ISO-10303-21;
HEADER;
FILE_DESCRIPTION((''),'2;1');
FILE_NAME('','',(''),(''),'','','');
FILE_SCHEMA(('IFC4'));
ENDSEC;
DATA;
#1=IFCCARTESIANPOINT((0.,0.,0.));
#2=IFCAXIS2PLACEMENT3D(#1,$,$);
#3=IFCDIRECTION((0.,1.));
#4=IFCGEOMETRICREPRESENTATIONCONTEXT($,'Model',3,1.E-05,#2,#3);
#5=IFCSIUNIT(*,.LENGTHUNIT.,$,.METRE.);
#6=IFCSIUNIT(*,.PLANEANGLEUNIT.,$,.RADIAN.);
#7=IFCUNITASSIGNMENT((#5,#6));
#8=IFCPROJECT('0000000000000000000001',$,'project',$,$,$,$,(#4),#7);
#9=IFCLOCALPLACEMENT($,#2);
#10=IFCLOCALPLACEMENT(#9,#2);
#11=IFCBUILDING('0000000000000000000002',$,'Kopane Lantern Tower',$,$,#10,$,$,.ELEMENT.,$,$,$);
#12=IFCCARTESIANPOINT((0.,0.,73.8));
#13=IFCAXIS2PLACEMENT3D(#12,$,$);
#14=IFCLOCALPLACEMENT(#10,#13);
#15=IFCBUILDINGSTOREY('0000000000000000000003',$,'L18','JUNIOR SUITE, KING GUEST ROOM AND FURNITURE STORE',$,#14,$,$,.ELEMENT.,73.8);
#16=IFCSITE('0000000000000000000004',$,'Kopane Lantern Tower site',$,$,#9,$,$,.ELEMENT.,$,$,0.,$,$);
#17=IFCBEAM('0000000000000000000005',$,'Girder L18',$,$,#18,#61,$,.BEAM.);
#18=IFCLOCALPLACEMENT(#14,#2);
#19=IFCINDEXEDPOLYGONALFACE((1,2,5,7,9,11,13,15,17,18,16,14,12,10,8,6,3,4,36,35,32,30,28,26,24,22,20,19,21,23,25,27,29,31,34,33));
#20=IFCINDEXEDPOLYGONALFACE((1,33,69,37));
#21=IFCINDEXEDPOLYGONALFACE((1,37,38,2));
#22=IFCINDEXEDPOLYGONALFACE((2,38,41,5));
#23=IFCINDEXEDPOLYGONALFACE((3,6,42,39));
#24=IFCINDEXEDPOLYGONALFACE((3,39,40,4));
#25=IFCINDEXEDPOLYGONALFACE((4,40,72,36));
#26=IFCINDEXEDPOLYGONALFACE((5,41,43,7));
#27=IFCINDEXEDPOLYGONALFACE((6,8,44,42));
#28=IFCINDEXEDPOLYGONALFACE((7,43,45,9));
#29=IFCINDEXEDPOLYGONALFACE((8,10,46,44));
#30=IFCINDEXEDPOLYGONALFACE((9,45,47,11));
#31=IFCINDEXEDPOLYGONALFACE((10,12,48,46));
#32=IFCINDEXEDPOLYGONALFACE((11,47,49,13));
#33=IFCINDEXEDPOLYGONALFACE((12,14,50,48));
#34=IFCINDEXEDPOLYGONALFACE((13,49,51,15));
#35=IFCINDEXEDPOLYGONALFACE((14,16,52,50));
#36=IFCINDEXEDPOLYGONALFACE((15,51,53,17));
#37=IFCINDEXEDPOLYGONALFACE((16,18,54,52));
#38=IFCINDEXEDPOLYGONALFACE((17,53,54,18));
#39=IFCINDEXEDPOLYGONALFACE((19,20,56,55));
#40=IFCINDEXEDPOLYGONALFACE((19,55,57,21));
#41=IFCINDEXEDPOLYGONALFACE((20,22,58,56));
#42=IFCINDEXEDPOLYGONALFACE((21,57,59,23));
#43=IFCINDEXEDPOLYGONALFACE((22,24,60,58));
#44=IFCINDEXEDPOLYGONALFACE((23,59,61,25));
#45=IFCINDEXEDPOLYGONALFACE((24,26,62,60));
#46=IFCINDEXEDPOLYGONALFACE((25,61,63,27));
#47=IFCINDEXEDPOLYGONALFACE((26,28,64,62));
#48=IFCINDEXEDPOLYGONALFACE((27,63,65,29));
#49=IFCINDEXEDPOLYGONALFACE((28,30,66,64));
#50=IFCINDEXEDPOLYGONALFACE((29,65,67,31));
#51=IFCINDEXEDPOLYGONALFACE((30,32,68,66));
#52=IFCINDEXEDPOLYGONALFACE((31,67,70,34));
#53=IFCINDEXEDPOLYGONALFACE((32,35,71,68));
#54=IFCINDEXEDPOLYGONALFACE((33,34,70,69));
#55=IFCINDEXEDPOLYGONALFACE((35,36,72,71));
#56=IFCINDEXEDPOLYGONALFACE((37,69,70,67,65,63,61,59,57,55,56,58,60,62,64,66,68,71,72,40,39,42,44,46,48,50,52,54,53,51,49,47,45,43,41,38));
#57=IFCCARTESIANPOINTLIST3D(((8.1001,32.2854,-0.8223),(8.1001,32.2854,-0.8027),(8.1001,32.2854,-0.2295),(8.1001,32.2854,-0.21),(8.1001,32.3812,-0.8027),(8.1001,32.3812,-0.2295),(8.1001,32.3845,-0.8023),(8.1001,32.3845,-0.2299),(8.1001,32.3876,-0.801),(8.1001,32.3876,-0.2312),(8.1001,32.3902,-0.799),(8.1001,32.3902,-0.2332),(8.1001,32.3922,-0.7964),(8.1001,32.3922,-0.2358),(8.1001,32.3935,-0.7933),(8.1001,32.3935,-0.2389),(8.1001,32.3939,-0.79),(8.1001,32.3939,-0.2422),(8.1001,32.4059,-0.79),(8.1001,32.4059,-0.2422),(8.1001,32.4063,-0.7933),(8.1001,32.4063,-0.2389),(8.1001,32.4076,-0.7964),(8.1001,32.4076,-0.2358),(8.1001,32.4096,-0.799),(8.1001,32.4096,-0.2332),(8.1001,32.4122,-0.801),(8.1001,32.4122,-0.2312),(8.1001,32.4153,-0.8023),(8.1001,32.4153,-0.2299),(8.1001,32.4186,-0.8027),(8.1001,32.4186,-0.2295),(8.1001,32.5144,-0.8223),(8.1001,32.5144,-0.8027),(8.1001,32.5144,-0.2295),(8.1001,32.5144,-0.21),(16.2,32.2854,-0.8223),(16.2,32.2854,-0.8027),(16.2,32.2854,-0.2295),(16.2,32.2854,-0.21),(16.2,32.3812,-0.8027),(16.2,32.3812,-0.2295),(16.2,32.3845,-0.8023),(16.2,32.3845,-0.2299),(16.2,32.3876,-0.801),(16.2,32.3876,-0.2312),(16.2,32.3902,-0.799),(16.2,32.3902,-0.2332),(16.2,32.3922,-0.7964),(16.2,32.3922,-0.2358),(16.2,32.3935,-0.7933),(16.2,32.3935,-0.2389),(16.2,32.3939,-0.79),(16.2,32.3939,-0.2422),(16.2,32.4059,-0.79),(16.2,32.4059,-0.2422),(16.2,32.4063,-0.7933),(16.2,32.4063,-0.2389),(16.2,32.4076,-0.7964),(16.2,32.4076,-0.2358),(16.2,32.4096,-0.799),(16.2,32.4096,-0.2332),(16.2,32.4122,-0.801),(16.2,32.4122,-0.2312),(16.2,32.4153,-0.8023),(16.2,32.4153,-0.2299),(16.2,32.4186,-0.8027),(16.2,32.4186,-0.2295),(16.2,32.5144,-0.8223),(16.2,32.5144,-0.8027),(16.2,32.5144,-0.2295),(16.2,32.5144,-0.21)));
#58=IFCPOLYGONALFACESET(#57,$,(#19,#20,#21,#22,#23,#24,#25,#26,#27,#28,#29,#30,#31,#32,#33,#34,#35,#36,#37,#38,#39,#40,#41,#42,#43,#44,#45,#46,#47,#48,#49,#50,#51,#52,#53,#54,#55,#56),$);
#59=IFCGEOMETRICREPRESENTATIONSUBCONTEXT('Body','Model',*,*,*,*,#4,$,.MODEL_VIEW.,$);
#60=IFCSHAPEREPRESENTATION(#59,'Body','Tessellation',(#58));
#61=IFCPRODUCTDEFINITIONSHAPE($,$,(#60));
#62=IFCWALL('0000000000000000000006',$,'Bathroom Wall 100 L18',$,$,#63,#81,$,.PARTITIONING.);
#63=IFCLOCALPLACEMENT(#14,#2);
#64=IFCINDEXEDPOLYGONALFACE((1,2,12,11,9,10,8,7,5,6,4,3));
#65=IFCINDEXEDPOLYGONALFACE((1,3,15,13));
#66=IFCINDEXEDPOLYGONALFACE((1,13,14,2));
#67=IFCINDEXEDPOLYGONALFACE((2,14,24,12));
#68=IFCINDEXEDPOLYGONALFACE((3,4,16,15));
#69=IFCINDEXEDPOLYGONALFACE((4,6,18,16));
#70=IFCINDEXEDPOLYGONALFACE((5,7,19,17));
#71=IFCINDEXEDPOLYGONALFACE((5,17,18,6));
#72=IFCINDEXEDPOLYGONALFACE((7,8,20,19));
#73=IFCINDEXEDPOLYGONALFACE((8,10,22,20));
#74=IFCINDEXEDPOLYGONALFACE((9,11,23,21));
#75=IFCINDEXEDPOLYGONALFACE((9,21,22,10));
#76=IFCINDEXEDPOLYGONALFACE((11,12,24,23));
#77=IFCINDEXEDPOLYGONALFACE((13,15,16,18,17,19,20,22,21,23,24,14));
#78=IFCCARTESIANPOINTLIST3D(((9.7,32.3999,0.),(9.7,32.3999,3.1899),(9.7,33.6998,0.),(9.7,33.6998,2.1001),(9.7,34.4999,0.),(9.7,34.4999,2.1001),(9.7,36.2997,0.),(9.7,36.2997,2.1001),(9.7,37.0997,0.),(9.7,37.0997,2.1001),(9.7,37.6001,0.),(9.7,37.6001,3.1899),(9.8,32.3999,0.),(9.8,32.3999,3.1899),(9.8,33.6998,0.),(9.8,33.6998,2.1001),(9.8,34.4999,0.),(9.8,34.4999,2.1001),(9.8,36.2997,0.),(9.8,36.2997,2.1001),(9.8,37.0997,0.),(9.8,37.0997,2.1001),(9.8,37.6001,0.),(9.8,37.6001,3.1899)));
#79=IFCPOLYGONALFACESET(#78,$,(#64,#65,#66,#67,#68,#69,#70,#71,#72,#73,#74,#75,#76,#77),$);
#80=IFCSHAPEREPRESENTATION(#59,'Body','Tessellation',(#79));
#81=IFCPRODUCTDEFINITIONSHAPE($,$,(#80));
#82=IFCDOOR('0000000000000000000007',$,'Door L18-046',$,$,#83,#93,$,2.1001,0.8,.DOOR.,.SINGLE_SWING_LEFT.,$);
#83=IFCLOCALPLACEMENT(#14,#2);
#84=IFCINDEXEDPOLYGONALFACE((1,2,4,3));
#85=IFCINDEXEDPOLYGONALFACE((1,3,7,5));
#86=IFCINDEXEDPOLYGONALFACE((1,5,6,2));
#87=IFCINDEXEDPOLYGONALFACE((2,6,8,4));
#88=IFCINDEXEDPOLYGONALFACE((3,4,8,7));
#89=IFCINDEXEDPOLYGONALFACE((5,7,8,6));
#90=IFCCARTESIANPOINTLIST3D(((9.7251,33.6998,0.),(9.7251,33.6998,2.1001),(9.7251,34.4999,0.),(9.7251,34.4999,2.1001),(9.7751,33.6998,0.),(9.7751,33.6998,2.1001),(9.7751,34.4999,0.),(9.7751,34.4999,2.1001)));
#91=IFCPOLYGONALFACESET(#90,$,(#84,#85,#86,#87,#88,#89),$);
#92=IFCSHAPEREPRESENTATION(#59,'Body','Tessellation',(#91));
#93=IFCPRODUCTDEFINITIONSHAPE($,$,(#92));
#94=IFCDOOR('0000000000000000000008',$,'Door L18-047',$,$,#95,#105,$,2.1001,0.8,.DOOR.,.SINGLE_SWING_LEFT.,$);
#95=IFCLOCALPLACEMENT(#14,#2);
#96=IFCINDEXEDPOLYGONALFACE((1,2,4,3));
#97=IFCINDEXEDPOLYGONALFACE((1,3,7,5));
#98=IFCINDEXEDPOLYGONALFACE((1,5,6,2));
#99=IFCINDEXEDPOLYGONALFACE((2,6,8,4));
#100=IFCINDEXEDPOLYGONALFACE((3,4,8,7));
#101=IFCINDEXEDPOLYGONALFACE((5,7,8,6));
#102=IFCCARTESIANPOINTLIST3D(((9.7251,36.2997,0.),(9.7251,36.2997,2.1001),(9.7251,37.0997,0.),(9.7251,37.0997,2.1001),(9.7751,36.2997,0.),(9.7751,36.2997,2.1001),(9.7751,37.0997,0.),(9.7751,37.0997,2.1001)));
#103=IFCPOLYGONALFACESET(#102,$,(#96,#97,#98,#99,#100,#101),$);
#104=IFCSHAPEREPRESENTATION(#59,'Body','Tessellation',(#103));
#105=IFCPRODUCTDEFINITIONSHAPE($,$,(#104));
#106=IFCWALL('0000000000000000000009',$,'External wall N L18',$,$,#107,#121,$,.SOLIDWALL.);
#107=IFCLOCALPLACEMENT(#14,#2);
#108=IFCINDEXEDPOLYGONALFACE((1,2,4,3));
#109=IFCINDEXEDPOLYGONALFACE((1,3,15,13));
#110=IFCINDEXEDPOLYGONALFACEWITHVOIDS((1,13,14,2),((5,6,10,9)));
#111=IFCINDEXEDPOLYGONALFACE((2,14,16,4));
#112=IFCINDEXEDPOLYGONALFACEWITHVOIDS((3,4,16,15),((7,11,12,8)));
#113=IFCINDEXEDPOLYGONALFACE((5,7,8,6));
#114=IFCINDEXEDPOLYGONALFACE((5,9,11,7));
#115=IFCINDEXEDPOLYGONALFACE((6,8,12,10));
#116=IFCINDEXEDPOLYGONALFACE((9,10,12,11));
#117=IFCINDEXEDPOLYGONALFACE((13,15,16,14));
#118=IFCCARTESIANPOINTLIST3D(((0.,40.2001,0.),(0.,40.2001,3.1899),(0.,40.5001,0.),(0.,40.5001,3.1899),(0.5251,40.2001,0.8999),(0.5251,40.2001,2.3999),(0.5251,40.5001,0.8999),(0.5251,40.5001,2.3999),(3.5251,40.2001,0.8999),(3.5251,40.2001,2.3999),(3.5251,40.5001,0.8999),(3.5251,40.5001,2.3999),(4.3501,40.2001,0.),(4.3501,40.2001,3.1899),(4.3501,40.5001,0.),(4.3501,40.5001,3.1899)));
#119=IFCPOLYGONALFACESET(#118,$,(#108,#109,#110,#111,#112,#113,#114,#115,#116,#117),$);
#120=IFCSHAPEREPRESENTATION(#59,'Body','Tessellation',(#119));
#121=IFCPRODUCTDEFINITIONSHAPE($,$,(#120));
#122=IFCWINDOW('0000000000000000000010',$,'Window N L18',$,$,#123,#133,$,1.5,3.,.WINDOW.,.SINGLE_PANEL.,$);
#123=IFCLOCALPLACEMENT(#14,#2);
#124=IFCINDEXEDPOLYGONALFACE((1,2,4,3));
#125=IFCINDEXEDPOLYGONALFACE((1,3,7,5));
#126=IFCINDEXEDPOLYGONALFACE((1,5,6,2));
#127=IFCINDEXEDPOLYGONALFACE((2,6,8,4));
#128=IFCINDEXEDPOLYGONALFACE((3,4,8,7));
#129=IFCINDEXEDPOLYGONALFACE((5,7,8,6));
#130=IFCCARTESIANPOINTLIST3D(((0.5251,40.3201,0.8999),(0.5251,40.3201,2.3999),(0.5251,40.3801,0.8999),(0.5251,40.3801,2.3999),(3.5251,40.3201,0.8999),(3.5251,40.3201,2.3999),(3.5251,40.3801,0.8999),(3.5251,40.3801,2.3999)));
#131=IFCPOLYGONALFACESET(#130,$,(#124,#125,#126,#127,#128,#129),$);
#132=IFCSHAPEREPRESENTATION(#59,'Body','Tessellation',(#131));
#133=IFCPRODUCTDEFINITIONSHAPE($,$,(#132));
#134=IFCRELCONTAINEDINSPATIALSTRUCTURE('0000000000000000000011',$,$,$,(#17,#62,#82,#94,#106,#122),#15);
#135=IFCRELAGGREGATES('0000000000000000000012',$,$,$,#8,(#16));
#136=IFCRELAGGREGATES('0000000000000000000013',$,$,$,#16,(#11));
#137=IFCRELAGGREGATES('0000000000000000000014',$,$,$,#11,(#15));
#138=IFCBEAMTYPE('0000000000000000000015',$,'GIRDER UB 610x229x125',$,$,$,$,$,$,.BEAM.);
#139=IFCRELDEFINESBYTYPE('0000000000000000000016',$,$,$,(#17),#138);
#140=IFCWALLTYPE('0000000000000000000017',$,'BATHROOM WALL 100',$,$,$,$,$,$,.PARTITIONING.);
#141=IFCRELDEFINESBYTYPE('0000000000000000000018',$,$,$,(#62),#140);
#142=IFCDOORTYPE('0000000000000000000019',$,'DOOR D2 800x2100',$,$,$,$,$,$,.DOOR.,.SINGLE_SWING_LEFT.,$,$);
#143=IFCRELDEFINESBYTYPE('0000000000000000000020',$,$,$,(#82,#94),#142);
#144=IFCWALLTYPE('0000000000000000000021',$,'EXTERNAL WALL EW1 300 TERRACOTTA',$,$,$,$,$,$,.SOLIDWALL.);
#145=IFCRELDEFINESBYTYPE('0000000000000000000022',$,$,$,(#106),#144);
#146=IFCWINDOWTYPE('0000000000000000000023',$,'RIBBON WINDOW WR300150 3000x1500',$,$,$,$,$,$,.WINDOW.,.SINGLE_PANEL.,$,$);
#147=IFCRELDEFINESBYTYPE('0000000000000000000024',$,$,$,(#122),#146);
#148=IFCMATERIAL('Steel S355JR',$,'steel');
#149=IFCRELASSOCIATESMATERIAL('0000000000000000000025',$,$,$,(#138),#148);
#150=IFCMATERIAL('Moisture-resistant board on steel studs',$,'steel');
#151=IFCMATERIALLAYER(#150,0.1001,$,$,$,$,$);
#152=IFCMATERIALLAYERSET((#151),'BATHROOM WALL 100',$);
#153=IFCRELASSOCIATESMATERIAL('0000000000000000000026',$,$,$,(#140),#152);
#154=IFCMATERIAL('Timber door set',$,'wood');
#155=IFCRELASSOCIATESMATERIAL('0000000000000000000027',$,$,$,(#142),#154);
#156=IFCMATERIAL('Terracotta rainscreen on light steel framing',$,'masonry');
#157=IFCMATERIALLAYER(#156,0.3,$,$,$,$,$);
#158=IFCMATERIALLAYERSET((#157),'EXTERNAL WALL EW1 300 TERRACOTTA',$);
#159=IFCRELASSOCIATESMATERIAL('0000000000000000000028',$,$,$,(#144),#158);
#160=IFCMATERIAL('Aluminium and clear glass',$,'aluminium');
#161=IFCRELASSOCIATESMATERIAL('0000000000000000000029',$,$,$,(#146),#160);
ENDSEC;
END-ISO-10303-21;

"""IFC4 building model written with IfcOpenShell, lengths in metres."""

from ifc_helpers import new_model, si_unit, direction, frame, frame_2d, origin, origin_2d, place, context, subcontext, project, spatial, rectangle, i_section, extrude, material, layer, layer_set, material_profile, profile_set, type_object, element, fill, save


model = new_model("IFC4")

# Units and contexts
model_context = context("Model", 3, precision=1e-05, world=origin(), true_north=direction((0.0, 1.0)))
body_context = subcontext(model_context, "Body", "Model", "MODEL_VIEW")
ifc_project = project(units=[si_unit("LENGTHUNIT", "METRE"), si_unit("PLANEANGLEUNIT", "RADIAN")], contexts=[model_context])

# Site, building, storey
site_placement = place(None, origin())
site = spatial("IfcSite", under=ifc_project, at=site_placement, Name="Kopane Lantern Tower site", CompositionType="ELEMENT", RefElevation=0.0)
building_placement = place(site_placement, origin())
building = spatial("IfcBuilding", under=site, at=building_placement, Name="Kopane Lantern Tower", CompositionType="ELEMENT")
storey_placement = place(building_placement, frame((0.0, 0.0, 73.8)))
storey = spatial("IfcBuildingStorey", under=building, at=storey_placement, Name="L18", Description="JUNIOR SUITE, KING GUEST ROOM AND FURNITURE STORE", CompositionType="ELEMENT", Elevation=73.8)

# Beam
ifc_material_1 = material(Name="Steel S355JR", Category="steel")
ifc_material_profile_1 = material_profile(ifc_material_1, i_section(OverallWidth=0.229, OverallDepth=0.6123, WebThickness=0.012, FlangeThickness=0.0195, FilletRadius=0.0127, at=origin_2d()), Name="UB 610x229x125")
ifc_profile_set_1 = profile_set([ifc_material_profile_1], Name="Steel S355JR")
beam_type = type_object("IfcBeamType", Name="GIRDER UB 610x229x125", PredefinedType="BEAM", material=ifc_profile_set_1)
beam_placement = place(storey_placement, frame((8.1001, 32.3999, -0.5161), z_axis=(1.0, 0.0, 0.0), x_axis=(0.0, 1.0, 0.0)))
element("IfcBeam", 1, at=beam_placement, inside=storey, type_object=beam_type, Name="Girder L18", PredefinedType="BEAM", context=body_context, shape_type="SweptSolid", body=[
    extrude(i_section(OverallWidth=0.229, OverallDepth=0.6123, WebThickness=0.012, FlangeThickness=0.0195, FilletRadius=0.0127, at=origin_2d()), origin(), (0.0, 0.0, 1.0), 8.0999),
])

# Wall, openings, doors
ifc_material_2 = material(Name="Moisture-resistant board on steel studs", Category="steel")
ifc_layer_1 = layer(ifc_material_2, 0.1001)
ifc_layer_set_1 = layer_set([ifc_layer_1], Name="BATHROOM WALL 100")
wall_type_1 = type_object("IfcWallType", Name="BATHROOM WALL 100", PredefinedType="PARTITIONING", material=ifc_layer_set_1)
wall_1_placement = place(storey_placement, frame((9.75, 32.3999, 0.0), z_axis=(0.0, 0.0, 1.0), x_axis=(0.0, 1.0, 0.0)))
wall_1 = element("IfcWall", 2, at=wall_1_placement, inside=storey, type_object=wall_type_1, Name="Bathroom Wall 100 L18", PredefinedType="PARTITIONING", context=body_context, shape_type="SweptSolid", body=[
    extrude(rectangle(XDim=5.2002, YDim=0.1001, at=frame_2d((2.6001, 0.0))), origin(), (0.0, 0.0, 1.0), 3.1899),
])
opening_1_placement = place(wall_1_placement, frame((1.3, 0.0, 0.0)))
opening_1 = element("IfcOpeningElement", 3, at=opening_1_placement, cuts=wall_1, PredefinedType="OPENING", context=body_context, shape_type="SweptSolid", body=[
    extrude(rectangle(XDim=0.8, YDim=2.1001, at=frame_2d((0.3999, 1.05))), frame((0.0, 0.0601, 0.0), z_axis=(0.0, -1.0, 0.0), x_axis=(1.0, 0.0, 0.0)), (0.0, 0.0, 1.0), 0.1201),
])
opening_2_placement = place(wall_1_placement, frame((3.8999, 0.0, 0.0)))
opening_2 = element("IfcOpeningElement", 4, at=opening_2_placement, cuts=wall_1, PredefinedType="OPENING", context=body_context, shape_type="SweptSolid", body=[
    extrude(rectangle(XDim=0.8, YDim=2.1001, at=frame_2d((0.3999, 1.05))), frame((0.0, 0.0601, 0.0), z_axis=(0.0, -1.0, 0.0), x_axis=(1.0, 0.0, 0.0)), (0.0, 0.0, 1.0), 0.1201),
])
ifc_material_3 = material(Name="Timber door set", Category="wood")
door_type = type_object("IfcDoorType", Name="DOOR D2 800x2100", OperationType="SINGLE_SWING_LEFT", PredefinedType="DOOR", material=ifc_material_3)
door_1_placement = place(opening_1_placement, origin())
door_1 = element("IfcDoor", 5, at=door_1_placement, inside=storey, type_object=door_type, Name="Door L18-046", OperationType="SINGLE_SWING_LEFT", OverallHeight=2.1001, OverallWidth=0.8, PredefinedType="DOOR", context=body_context, shape_type="SweptSolid", body=[
    extrude(rectangle(XDim=0.8, YDim=2.1001, at=frame_2d((0.3999, 1.05))), frame((0.0, 0.0249, 0.0), z_axis=(0.0, -1.0, 0.0), x_axis=(1.0, 0.0, 0.0)), (0.0, 0.0, 1.0), 0.05),
])
fill(opening_1, door_1)
door_2_placement = place(opening_2_placement, origin())
door_2 = element("IfcDoor", 6, at=door_2_placement, inside=storey, type_object=door_type, Name="Door L18-047", OperationType="SINGLE_SWING_LEFT", OverallHeight=2.1001, OverallWidth=0.8, PredefinedType="DOOR", context=body_context, shape_type="SweptSolid", body=[
    extrude(rectangle(XDim=0.8, YDim=2.1001, at=frame_2d((0.3999, 1.05))), frame((0.0, 0.0249, 0.0), z_axis=(0.0, -1.0, 0.0), x_axis=(1.0, 0.0, 0.0)), (0.0, 0.0, 1.0), 0.05),
])
fill(opening_2, door_2)

# Wall, opening, window
ifc_material_4 = material(Name="Terracotta rainscreen on light steel framing", Category="masonry")
ifc_layer_2 = layer(ifc_material_4, 0.3)
ifc_layer_set_2 = layer_set([ifc_layer_2], Name="EXTERNAL WALL EW1 300 TERRACOTTA")
wall_type_2 = type_object("IfcWallType", Name="EXTERNAL WALL EW1 300 TERRACOTTA", PredefinedType="SOLIDWALL", material=ifc_layer_set_2)
wall_2_placement = place(storey_placement, frame((4.3501, 40.3501, 0.0), z_axis=(0.0, 0.0, 1.0), x_axis=(-1.0, 0.0, 0.0)))
wall_2 = element("IfcWall", 7, at=wall_2_placement, inside=storey, type_object=wall_type_2, Name="External wall N L18", PredefinedType="SOLIDWALL", context=body_context, shape_type="SweptSolid", body=[
    extrude(rectangle(XDim=4.3501, YDim=0.3, at=frame_2d((2.175, 0.0))), origin(), (0.0, 0.0, 1.0), 3.1899),
])
opening_3_placement = place(wall_2_placement, frame((0.825, 0.0, 0.8999)))
opening_3 = element("IfcOpeningElement", 8, at=opening_3_placement, cuts=wall_2, PredefinedType="OPENING", context=body_context, shape_type="SweptSolid", body=[
    extrude(rectangle(XDim=3.0, YDim=1.5, at=frame_2d((1.5, 0.75))), frame((0.0, 0.1599, 0.0), z_axis=(0.0, -1.0, 0.0), x_axis=(1.0, 0.0, 0.0)), (0.0, 0.0, 1.0), 0.3201),
])
ifc_material_5 = material(Name="Aluminium and clear glass", Category="aluminium")
window_type_1 = type_object("IfcWindowType", Name="RIBBON WINDOW WR300150 3000x1500", PartitioningType="SINGLE_PANEL", PredefinedType="WINDOW", material=ifc_material_5)
window_1_placement = place(opening_3_placement, origin())
window_1 = element("IfcWindow", 9, at=window_1_placement, inside=storey, type_object=window_type_1, Name="Window N L18", OverallHeight=1.5, OverallWidth=3.0, PartitioningType="SINGLE_PANEL", PredefinedType="WINDOW", context=body_context, shape_type="SweptSolid", body=[
    extrude(rectangle(XDim=3.0, YDim=1.5, at=frame_2d((1.5, 0.75))), frame((0.0, 0.03, 0.0), z_axis=(0.0, -1.0, 0.0), x_axis=(1.0, 0.0, 0.0)), (0.0, 0.0, 1.0), 0.0601),
])
fill(opening_3, window_1)

save(model, "model.ifc")
